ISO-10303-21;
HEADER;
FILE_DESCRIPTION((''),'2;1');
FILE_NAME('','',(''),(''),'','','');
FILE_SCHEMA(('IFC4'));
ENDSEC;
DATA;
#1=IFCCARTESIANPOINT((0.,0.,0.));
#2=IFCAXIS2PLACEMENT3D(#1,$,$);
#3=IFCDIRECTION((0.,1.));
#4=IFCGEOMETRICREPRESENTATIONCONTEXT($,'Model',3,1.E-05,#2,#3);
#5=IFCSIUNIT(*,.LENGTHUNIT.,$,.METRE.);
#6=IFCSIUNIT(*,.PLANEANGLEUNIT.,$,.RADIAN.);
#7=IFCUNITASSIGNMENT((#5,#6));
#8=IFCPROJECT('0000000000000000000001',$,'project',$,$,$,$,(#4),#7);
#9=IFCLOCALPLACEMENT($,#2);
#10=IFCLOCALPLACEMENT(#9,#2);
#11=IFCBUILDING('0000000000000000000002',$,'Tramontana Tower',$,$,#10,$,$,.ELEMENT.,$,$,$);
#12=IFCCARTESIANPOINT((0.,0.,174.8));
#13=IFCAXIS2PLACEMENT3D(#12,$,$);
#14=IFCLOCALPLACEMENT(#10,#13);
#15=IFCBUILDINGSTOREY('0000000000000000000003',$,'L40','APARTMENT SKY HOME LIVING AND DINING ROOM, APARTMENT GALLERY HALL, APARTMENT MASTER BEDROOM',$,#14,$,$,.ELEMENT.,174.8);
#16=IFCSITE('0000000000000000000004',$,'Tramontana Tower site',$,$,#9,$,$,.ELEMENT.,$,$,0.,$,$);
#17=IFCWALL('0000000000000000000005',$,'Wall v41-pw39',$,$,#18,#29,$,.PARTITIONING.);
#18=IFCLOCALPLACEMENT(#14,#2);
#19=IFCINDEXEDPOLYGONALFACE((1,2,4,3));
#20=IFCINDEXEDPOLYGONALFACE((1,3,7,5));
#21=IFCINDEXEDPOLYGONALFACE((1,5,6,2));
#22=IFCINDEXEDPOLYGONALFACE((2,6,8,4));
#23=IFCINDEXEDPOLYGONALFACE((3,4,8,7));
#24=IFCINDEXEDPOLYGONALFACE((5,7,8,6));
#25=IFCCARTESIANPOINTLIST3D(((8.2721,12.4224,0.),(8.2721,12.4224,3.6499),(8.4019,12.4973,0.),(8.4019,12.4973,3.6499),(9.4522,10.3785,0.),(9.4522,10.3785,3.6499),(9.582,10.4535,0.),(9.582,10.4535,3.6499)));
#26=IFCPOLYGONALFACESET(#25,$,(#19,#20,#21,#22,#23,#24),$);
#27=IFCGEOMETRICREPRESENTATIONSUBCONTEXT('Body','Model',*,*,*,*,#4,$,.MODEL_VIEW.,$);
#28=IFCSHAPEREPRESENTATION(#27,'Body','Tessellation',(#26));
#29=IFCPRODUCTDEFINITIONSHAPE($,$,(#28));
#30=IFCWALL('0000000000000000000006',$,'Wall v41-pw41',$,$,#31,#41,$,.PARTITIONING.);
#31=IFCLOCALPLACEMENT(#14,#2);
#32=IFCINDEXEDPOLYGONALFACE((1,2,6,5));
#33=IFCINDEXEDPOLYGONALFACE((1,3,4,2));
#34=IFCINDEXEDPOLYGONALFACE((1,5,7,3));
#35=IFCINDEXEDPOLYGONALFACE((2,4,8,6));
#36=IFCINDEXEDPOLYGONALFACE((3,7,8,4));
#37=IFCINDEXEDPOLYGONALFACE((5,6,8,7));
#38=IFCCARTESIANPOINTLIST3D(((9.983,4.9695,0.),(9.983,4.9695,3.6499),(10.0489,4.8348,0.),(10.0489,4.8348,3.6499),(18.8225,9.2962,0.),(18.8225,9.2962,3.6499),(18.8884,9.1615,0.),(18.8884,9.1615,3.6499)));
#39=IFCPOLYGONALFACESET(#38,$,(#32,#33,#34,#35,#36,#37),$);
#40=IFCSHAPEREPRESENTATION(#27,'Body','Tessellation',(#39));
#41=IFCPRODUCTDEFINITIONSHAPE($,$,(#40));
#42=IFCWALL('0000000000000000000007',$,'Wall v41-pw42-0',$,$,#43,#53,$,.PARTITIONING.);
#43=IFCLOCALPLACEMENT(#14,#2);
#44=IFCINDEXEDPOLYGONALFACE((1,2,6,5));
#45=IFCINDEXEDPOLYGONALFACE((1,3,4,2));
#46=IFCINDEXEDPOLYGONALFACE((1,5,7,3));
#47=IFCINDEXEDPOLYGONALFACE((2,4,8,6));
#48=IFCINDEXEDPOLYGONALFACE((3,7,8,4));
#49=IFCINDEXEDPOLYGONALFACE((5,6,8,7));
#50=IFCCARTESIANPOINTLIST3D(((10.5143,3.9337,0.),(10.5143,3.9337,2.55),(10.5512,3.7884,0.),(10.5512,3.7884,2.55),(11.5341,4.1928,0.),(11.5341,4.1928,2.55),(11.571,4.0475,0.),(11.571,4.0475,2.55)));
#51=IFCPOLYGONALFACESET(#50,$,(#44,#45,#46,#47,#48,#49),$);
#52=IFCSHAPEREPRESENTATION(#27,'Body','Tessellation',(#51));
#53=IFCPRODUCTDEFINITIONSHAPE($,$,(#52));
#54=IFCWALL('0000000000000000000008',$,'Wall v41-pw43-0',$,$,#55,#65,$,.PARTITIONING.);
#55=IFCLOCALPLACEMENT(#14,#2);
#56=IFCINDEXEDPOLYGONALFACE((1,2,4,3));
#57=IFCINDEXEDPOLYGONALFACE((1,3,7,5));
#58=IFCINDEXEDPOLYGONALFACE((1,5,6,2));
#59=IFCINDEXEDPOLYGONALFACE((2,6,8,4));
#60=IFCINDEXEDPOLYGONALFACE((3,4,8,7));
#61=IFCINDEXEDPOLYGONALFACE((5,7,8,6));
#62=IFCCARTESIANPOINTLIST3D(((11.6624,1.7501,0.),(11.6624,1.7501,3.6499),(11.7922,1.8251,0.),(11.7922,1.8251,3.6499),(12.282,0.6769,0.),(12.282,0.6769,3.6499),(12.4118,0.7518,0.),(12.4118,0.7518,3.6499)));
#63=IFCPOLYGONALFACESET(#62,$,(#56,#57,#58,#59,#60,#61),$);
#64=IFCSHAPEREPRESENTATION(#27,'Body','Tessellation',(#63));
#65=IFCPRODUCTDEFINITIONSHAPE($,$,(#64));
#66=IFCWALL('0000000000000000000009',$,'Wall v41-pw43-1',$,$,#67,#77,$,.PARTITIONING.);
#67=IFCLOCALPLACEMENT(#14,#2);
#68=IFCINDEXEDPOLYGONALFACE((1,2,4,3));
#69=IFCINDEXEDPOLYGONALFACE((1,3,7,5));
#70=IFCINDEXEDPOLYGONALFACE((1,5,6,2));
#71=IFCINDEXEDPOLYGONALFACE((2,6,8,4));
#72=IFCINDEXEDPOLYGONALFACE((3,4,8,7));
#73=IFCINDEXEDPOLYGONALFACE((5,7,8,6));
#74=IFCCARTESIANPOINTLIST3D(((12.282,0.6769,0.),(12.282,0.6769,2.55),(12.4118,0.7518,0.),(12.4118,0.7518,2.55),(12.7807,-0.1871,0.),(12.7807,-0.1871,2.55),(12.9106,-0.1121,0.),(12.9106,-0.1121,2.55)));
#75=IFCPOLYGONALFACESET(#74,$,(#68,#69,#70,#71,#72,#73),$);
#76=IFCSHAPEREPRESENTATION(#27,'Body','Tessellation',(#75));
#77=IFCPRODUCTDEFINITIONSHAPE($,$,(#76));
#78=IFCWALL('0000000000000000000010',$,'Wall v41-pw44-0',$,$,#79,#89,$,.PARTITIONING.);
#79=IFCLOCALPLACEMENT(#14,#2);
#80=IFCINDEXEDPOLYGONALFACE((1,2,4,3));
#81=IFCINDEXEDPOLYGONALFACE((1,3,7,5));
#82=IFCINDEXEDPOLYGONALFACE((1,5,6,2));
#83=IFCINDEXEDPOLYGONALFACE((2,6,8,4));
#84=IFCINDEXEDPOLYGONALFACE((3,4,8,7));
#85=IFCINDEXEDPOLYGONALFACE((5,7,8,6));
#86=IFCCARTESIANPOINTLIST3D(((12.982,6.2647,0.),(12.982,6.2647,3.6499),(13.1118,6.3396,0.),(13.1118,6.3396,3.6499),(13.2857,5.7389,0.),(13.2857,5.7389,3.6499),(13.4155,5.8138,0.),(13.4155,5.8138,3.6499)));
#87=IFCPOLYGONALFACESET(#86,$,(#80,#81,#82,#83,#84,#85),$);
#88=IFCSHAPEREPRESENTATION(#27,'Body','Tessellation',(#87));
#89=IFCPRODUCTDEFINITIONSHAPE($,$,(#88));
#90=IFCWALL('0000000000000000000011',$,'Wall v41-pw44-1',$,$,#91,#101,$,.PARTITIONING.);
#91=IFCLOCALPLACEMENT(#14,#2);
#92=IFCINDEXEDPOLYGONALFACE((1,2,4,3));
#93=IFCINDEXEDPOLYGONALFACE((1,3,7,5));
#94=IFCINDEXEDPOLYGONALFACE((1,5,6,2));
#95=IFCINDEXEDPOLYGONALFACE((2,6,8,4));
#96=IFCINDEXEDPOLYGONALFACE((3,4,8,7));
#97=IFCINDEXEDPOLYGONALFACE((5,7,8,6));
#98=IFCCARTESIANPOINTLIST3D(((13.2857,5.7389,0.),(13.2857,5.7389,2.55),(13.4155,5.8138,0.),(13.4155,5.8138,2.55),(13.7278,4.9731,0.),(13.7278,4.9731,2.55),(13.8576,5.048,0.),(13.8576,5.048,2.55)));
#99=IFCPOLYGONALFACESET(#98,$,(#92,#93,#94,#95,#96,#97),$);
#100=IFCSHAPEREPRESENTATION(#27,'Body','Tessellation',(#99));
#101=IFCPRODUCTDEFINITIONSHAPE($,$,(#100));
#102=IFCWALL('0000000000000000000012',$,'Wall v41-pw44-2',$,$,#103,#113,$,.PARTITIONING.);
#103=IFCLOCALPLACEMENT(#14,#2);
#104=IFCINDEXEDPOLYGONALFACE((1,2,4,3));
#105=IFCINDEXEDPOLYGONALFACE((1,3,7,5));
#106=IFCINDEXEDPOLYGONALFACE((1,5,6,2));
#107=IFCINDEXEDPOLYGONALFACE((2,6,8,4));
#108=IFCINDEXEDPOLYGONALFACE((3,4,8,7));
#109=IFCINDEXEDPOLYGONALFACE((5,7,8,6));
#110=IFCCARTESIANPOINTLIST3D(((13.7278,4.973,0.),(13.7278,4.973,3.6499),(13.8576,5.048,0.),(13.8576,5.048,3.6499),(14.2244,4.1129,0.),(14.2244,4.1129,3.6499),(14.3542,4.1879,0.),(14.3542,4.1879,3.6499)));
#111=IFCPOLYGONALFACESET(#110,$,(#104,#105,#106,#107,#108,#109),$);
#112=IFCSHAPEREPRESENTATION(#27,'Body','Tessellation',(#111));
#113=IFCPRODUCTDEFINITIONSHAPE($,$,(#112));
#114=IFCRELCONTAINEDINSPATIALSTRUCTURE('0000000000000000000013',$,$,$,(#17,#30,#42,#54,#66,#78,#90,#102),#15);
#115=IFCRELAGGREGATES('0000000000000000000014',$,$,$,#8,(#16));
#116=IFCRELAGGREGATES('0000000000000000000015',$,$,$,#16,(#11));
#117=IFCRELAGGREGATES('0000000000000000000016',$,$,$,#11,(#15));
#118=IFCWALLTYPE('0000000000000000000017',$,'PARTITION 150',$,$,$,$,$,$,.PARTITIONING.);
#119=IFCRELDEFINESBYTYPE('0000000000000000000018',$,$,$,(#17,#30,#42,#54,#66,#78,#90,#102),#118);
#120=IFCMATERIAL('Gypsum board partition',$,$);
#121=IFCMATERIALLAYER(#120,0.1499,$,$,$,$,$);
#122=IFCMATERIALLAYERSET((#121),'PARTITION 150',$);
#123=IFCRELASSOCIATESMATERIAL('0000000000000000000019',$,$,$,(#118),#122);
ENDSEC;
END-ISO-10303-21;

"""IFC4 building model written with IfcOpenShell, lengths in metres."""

from ifc_helpers import new_model, si_unit, direction, frame, frame_2d, origin, place, context, subcontext, project, spatial, rectangle, extrude, material, layer, layer_set, type_object, element, save


model = new_model("IFC4")

# Units and contexts
model_context = context("Model", 3, precision=1e-05, world=origin(), true_north=direction((0.0, 1.0)))
body_context = subcontext(model_context, "Body", "Model", "MODEL_VIEW")
ifc_project = project(units=[si_unit("LENGTHUNIT", "METRE"), si_unit("PLANEANGLEUNIT", "RADIAN")], contexts=[model_context])

# Site, building, storey
site_placement = place(None, origin())
site = spatial("IfcSite", under=ifc_project, at=site_placement, Name="Tramontana Tower site", CompositionType="ELEMENT", RefElevation=0.0)
building_placement = place(site_placement, origin())
building = spatial("IfcBuilding", under=site, at=building_placement, Name="Tramontana Tower", CompositionType="ELEMENT")
storey_placement = place(building_placement, frame((0.0, 0.0, 174.8)))
storey = spatial("IfcBuildingStorey", under=building, at=storey_placement, Name="L40", Description="APARTMENT SKY HOME LIVING AND DINING ROOM, APARTMENT GALLERY HALL, APARTMENT MASTER BEDROOM", CompositionType="ELEMENT", Elevation=174.8)

# Walls
ifc_material_1 = material(Name="Gypsum board partition")
ifc_layer_1 = layer(ifc_material_1, 0.1499)
ifc_layer_set_1 = layer_set([ifc_layer_1], Name="PARTITION 150")
wall_type_1 = type_object("IfcWallType", Name="PARTITION 150", PredefinedType="PARTITIONING", material=ifc_layer_set_1)
wall_1_placement = place(storey_placement, frame((8.3369, 12.46, 0.0), z_axis=(0.0, 0.0, 1.0), x_axis=(0.500033, -0.866006, 0.0)))
element("IfcWall", 1, at=wall_1_placement, inside=storey, type_object=wall_type_1, Name="Wall v41-pw39", PredefinedType="PARTITIONING", context=body_context, shape_type="SweptSolid", body=[
    extrude(rectangle(XDim=2.3601, YDim=0.1499, at=frame_2d((1.1802, 0.0))), origin(), (0.0, 0.0, 1.0), 3.6499),
])
wall_2_placement = place(storey_placement, frame((10.0159, 4.9021, 0.0), z_axis=(0.0, 0.0, 1.0), x_axis=(0.898176, 0.439636, 0.0)))
element("IfcWall", 2, at=wall_2_placement, inside=storey, type_object=wall_type_1, Name="Wall v41-pw41", PredefinedType="PARTITIONING", context=body_context, shape_type="SweptSolid", body=[
    extrude(rectangle(XDim=9.8416, YDim=0.1499, at=frame_2d((4.9209, 0.0))), origin(), (0.0, 0.0, 1.0), 3.6499),
])
wall_3_placement = place(storey_placement, frame((10.5327, 3.8611, 0.0), z_axis=(0.0, 0.0, 1.0), x_axis=(0.969221, 0.246192, 0.0)))
element("IfcWall", 3, at=wall_3_placement, inside=storey, type_object=wall_type_1, Name="Wall v41-pw42-0", PredefinedType="PARTITIONING", context=body_context, shape_type="SweptSolid", body=[
    extrude(rectangle(XDim=1.0522, YDim=0.1499, at=frame_2d((0.5261, 0.0))), origin(), (0.0, 0.0, 1.0), 2.55),
])

# Walls
wall_4_placement = place(storey_placement, frame((11.7273, 1.7876, 0.0), z_axis=(0.0, 0.0, 1.0), x_axis=(0.499995, -0.866028, 0.0)))
element("IfcWall", 4, at=wall_4_placement, inside=storey, type_object=wall_type_1, Name="Wall v41-pw43-0", PredefinedType="PARTITIONING", context=body_context, shape_type="SweptSolid", body=[
    extrude(rectangle(XDim=1.2393, YDim=0.1499, at=frame_2d((0.6196, 0.0))), origin(), (0.0, 0.0, 1.0), 3.6499),
])
wall_5_placement = place(storey_placement, frame((12.3469, 0.7144, 0.0), z_axis=(0.0, 0.0, 1.0), x_axis=(0.499955, -0.866051, 0.0)))
element("IfcWall", 5, at=wall_5_placement, inside=storey, type_object=wall_type_1, Name="Wall v41-pw43-1", PredefinedType="PARTITIONING", context=body_context, shape_type="SweptSolid", body=[
    extrude(rectangle(XDim=0.9976, YDim=0.1499, at=frame_2d((0.4988, 0.0))), origin(), (0.0, 0.0, 1.0), 2.55),
])
wall_6_placement = place(storey_placement, frame((13.0469, 6.3022, 0.0), z_axis=(0.0, 0.0, 1.0), x_axis=(0.500117, -0.865958, 0.0)))
element("IfcWall", 6, at=wall_6_placement, inside=storey, type_object=wall_type_1, Name="Wall v41-pw44-0", PredefinedType="PARTITIONING", context=body_context, shape_type="SweptSolid", body=[
    extrude(rectangle(XDim=0.6072, YDim=0.1499, at=frame_2d((0.3037, 0.0))), origin(), (0.0, 0.0, 1.0), 3.6499),
])
wall_7_placement = place(storey_placement, frame((13.3506, 5.7764, 0.0), z_axis=(0.0, 0.0, 1.0), x_axis=(0.499969, -0.866043, 0.0)))
element("IfcWall", 7, at=wall_7_placement, inside=storey, type_object=wall_type_1, Name="Wall v41-pw44-1", PredefinedType="PARTITIONING", context=body_context, shape_type="SweptSolid", body=[
    extrude(rectangle(XDim=0.8843, YDim=0.1499, at=frame_2d((0.4421, 0.0))), origin(), (0.0, 0.0, 1.0), 2.55),
])
wall_8_placement = place(storey_placement, frame((13.7927, 5.0105, 0.0), z_axis=(0.0, 0.0, 1.0), x_axis=(0.499999, -0.866026, 0.0)))
element("IfcWall", 8, at=wall_8_placement, inside=storey, type_object=wall_type_1, Name="Wall v41-pw44-2", PredefinedType="PARTITIONING", context=body_context, shape_type="SweptSolid", body=[
    extrude(rectangle(XDim=0.9932, YDim=0.1499, at=frame_2d((0.4966, 0.0))), origin(), (0.0, 0.0, 1.0), 3.6499),
])

save(model, "model.ifc")
